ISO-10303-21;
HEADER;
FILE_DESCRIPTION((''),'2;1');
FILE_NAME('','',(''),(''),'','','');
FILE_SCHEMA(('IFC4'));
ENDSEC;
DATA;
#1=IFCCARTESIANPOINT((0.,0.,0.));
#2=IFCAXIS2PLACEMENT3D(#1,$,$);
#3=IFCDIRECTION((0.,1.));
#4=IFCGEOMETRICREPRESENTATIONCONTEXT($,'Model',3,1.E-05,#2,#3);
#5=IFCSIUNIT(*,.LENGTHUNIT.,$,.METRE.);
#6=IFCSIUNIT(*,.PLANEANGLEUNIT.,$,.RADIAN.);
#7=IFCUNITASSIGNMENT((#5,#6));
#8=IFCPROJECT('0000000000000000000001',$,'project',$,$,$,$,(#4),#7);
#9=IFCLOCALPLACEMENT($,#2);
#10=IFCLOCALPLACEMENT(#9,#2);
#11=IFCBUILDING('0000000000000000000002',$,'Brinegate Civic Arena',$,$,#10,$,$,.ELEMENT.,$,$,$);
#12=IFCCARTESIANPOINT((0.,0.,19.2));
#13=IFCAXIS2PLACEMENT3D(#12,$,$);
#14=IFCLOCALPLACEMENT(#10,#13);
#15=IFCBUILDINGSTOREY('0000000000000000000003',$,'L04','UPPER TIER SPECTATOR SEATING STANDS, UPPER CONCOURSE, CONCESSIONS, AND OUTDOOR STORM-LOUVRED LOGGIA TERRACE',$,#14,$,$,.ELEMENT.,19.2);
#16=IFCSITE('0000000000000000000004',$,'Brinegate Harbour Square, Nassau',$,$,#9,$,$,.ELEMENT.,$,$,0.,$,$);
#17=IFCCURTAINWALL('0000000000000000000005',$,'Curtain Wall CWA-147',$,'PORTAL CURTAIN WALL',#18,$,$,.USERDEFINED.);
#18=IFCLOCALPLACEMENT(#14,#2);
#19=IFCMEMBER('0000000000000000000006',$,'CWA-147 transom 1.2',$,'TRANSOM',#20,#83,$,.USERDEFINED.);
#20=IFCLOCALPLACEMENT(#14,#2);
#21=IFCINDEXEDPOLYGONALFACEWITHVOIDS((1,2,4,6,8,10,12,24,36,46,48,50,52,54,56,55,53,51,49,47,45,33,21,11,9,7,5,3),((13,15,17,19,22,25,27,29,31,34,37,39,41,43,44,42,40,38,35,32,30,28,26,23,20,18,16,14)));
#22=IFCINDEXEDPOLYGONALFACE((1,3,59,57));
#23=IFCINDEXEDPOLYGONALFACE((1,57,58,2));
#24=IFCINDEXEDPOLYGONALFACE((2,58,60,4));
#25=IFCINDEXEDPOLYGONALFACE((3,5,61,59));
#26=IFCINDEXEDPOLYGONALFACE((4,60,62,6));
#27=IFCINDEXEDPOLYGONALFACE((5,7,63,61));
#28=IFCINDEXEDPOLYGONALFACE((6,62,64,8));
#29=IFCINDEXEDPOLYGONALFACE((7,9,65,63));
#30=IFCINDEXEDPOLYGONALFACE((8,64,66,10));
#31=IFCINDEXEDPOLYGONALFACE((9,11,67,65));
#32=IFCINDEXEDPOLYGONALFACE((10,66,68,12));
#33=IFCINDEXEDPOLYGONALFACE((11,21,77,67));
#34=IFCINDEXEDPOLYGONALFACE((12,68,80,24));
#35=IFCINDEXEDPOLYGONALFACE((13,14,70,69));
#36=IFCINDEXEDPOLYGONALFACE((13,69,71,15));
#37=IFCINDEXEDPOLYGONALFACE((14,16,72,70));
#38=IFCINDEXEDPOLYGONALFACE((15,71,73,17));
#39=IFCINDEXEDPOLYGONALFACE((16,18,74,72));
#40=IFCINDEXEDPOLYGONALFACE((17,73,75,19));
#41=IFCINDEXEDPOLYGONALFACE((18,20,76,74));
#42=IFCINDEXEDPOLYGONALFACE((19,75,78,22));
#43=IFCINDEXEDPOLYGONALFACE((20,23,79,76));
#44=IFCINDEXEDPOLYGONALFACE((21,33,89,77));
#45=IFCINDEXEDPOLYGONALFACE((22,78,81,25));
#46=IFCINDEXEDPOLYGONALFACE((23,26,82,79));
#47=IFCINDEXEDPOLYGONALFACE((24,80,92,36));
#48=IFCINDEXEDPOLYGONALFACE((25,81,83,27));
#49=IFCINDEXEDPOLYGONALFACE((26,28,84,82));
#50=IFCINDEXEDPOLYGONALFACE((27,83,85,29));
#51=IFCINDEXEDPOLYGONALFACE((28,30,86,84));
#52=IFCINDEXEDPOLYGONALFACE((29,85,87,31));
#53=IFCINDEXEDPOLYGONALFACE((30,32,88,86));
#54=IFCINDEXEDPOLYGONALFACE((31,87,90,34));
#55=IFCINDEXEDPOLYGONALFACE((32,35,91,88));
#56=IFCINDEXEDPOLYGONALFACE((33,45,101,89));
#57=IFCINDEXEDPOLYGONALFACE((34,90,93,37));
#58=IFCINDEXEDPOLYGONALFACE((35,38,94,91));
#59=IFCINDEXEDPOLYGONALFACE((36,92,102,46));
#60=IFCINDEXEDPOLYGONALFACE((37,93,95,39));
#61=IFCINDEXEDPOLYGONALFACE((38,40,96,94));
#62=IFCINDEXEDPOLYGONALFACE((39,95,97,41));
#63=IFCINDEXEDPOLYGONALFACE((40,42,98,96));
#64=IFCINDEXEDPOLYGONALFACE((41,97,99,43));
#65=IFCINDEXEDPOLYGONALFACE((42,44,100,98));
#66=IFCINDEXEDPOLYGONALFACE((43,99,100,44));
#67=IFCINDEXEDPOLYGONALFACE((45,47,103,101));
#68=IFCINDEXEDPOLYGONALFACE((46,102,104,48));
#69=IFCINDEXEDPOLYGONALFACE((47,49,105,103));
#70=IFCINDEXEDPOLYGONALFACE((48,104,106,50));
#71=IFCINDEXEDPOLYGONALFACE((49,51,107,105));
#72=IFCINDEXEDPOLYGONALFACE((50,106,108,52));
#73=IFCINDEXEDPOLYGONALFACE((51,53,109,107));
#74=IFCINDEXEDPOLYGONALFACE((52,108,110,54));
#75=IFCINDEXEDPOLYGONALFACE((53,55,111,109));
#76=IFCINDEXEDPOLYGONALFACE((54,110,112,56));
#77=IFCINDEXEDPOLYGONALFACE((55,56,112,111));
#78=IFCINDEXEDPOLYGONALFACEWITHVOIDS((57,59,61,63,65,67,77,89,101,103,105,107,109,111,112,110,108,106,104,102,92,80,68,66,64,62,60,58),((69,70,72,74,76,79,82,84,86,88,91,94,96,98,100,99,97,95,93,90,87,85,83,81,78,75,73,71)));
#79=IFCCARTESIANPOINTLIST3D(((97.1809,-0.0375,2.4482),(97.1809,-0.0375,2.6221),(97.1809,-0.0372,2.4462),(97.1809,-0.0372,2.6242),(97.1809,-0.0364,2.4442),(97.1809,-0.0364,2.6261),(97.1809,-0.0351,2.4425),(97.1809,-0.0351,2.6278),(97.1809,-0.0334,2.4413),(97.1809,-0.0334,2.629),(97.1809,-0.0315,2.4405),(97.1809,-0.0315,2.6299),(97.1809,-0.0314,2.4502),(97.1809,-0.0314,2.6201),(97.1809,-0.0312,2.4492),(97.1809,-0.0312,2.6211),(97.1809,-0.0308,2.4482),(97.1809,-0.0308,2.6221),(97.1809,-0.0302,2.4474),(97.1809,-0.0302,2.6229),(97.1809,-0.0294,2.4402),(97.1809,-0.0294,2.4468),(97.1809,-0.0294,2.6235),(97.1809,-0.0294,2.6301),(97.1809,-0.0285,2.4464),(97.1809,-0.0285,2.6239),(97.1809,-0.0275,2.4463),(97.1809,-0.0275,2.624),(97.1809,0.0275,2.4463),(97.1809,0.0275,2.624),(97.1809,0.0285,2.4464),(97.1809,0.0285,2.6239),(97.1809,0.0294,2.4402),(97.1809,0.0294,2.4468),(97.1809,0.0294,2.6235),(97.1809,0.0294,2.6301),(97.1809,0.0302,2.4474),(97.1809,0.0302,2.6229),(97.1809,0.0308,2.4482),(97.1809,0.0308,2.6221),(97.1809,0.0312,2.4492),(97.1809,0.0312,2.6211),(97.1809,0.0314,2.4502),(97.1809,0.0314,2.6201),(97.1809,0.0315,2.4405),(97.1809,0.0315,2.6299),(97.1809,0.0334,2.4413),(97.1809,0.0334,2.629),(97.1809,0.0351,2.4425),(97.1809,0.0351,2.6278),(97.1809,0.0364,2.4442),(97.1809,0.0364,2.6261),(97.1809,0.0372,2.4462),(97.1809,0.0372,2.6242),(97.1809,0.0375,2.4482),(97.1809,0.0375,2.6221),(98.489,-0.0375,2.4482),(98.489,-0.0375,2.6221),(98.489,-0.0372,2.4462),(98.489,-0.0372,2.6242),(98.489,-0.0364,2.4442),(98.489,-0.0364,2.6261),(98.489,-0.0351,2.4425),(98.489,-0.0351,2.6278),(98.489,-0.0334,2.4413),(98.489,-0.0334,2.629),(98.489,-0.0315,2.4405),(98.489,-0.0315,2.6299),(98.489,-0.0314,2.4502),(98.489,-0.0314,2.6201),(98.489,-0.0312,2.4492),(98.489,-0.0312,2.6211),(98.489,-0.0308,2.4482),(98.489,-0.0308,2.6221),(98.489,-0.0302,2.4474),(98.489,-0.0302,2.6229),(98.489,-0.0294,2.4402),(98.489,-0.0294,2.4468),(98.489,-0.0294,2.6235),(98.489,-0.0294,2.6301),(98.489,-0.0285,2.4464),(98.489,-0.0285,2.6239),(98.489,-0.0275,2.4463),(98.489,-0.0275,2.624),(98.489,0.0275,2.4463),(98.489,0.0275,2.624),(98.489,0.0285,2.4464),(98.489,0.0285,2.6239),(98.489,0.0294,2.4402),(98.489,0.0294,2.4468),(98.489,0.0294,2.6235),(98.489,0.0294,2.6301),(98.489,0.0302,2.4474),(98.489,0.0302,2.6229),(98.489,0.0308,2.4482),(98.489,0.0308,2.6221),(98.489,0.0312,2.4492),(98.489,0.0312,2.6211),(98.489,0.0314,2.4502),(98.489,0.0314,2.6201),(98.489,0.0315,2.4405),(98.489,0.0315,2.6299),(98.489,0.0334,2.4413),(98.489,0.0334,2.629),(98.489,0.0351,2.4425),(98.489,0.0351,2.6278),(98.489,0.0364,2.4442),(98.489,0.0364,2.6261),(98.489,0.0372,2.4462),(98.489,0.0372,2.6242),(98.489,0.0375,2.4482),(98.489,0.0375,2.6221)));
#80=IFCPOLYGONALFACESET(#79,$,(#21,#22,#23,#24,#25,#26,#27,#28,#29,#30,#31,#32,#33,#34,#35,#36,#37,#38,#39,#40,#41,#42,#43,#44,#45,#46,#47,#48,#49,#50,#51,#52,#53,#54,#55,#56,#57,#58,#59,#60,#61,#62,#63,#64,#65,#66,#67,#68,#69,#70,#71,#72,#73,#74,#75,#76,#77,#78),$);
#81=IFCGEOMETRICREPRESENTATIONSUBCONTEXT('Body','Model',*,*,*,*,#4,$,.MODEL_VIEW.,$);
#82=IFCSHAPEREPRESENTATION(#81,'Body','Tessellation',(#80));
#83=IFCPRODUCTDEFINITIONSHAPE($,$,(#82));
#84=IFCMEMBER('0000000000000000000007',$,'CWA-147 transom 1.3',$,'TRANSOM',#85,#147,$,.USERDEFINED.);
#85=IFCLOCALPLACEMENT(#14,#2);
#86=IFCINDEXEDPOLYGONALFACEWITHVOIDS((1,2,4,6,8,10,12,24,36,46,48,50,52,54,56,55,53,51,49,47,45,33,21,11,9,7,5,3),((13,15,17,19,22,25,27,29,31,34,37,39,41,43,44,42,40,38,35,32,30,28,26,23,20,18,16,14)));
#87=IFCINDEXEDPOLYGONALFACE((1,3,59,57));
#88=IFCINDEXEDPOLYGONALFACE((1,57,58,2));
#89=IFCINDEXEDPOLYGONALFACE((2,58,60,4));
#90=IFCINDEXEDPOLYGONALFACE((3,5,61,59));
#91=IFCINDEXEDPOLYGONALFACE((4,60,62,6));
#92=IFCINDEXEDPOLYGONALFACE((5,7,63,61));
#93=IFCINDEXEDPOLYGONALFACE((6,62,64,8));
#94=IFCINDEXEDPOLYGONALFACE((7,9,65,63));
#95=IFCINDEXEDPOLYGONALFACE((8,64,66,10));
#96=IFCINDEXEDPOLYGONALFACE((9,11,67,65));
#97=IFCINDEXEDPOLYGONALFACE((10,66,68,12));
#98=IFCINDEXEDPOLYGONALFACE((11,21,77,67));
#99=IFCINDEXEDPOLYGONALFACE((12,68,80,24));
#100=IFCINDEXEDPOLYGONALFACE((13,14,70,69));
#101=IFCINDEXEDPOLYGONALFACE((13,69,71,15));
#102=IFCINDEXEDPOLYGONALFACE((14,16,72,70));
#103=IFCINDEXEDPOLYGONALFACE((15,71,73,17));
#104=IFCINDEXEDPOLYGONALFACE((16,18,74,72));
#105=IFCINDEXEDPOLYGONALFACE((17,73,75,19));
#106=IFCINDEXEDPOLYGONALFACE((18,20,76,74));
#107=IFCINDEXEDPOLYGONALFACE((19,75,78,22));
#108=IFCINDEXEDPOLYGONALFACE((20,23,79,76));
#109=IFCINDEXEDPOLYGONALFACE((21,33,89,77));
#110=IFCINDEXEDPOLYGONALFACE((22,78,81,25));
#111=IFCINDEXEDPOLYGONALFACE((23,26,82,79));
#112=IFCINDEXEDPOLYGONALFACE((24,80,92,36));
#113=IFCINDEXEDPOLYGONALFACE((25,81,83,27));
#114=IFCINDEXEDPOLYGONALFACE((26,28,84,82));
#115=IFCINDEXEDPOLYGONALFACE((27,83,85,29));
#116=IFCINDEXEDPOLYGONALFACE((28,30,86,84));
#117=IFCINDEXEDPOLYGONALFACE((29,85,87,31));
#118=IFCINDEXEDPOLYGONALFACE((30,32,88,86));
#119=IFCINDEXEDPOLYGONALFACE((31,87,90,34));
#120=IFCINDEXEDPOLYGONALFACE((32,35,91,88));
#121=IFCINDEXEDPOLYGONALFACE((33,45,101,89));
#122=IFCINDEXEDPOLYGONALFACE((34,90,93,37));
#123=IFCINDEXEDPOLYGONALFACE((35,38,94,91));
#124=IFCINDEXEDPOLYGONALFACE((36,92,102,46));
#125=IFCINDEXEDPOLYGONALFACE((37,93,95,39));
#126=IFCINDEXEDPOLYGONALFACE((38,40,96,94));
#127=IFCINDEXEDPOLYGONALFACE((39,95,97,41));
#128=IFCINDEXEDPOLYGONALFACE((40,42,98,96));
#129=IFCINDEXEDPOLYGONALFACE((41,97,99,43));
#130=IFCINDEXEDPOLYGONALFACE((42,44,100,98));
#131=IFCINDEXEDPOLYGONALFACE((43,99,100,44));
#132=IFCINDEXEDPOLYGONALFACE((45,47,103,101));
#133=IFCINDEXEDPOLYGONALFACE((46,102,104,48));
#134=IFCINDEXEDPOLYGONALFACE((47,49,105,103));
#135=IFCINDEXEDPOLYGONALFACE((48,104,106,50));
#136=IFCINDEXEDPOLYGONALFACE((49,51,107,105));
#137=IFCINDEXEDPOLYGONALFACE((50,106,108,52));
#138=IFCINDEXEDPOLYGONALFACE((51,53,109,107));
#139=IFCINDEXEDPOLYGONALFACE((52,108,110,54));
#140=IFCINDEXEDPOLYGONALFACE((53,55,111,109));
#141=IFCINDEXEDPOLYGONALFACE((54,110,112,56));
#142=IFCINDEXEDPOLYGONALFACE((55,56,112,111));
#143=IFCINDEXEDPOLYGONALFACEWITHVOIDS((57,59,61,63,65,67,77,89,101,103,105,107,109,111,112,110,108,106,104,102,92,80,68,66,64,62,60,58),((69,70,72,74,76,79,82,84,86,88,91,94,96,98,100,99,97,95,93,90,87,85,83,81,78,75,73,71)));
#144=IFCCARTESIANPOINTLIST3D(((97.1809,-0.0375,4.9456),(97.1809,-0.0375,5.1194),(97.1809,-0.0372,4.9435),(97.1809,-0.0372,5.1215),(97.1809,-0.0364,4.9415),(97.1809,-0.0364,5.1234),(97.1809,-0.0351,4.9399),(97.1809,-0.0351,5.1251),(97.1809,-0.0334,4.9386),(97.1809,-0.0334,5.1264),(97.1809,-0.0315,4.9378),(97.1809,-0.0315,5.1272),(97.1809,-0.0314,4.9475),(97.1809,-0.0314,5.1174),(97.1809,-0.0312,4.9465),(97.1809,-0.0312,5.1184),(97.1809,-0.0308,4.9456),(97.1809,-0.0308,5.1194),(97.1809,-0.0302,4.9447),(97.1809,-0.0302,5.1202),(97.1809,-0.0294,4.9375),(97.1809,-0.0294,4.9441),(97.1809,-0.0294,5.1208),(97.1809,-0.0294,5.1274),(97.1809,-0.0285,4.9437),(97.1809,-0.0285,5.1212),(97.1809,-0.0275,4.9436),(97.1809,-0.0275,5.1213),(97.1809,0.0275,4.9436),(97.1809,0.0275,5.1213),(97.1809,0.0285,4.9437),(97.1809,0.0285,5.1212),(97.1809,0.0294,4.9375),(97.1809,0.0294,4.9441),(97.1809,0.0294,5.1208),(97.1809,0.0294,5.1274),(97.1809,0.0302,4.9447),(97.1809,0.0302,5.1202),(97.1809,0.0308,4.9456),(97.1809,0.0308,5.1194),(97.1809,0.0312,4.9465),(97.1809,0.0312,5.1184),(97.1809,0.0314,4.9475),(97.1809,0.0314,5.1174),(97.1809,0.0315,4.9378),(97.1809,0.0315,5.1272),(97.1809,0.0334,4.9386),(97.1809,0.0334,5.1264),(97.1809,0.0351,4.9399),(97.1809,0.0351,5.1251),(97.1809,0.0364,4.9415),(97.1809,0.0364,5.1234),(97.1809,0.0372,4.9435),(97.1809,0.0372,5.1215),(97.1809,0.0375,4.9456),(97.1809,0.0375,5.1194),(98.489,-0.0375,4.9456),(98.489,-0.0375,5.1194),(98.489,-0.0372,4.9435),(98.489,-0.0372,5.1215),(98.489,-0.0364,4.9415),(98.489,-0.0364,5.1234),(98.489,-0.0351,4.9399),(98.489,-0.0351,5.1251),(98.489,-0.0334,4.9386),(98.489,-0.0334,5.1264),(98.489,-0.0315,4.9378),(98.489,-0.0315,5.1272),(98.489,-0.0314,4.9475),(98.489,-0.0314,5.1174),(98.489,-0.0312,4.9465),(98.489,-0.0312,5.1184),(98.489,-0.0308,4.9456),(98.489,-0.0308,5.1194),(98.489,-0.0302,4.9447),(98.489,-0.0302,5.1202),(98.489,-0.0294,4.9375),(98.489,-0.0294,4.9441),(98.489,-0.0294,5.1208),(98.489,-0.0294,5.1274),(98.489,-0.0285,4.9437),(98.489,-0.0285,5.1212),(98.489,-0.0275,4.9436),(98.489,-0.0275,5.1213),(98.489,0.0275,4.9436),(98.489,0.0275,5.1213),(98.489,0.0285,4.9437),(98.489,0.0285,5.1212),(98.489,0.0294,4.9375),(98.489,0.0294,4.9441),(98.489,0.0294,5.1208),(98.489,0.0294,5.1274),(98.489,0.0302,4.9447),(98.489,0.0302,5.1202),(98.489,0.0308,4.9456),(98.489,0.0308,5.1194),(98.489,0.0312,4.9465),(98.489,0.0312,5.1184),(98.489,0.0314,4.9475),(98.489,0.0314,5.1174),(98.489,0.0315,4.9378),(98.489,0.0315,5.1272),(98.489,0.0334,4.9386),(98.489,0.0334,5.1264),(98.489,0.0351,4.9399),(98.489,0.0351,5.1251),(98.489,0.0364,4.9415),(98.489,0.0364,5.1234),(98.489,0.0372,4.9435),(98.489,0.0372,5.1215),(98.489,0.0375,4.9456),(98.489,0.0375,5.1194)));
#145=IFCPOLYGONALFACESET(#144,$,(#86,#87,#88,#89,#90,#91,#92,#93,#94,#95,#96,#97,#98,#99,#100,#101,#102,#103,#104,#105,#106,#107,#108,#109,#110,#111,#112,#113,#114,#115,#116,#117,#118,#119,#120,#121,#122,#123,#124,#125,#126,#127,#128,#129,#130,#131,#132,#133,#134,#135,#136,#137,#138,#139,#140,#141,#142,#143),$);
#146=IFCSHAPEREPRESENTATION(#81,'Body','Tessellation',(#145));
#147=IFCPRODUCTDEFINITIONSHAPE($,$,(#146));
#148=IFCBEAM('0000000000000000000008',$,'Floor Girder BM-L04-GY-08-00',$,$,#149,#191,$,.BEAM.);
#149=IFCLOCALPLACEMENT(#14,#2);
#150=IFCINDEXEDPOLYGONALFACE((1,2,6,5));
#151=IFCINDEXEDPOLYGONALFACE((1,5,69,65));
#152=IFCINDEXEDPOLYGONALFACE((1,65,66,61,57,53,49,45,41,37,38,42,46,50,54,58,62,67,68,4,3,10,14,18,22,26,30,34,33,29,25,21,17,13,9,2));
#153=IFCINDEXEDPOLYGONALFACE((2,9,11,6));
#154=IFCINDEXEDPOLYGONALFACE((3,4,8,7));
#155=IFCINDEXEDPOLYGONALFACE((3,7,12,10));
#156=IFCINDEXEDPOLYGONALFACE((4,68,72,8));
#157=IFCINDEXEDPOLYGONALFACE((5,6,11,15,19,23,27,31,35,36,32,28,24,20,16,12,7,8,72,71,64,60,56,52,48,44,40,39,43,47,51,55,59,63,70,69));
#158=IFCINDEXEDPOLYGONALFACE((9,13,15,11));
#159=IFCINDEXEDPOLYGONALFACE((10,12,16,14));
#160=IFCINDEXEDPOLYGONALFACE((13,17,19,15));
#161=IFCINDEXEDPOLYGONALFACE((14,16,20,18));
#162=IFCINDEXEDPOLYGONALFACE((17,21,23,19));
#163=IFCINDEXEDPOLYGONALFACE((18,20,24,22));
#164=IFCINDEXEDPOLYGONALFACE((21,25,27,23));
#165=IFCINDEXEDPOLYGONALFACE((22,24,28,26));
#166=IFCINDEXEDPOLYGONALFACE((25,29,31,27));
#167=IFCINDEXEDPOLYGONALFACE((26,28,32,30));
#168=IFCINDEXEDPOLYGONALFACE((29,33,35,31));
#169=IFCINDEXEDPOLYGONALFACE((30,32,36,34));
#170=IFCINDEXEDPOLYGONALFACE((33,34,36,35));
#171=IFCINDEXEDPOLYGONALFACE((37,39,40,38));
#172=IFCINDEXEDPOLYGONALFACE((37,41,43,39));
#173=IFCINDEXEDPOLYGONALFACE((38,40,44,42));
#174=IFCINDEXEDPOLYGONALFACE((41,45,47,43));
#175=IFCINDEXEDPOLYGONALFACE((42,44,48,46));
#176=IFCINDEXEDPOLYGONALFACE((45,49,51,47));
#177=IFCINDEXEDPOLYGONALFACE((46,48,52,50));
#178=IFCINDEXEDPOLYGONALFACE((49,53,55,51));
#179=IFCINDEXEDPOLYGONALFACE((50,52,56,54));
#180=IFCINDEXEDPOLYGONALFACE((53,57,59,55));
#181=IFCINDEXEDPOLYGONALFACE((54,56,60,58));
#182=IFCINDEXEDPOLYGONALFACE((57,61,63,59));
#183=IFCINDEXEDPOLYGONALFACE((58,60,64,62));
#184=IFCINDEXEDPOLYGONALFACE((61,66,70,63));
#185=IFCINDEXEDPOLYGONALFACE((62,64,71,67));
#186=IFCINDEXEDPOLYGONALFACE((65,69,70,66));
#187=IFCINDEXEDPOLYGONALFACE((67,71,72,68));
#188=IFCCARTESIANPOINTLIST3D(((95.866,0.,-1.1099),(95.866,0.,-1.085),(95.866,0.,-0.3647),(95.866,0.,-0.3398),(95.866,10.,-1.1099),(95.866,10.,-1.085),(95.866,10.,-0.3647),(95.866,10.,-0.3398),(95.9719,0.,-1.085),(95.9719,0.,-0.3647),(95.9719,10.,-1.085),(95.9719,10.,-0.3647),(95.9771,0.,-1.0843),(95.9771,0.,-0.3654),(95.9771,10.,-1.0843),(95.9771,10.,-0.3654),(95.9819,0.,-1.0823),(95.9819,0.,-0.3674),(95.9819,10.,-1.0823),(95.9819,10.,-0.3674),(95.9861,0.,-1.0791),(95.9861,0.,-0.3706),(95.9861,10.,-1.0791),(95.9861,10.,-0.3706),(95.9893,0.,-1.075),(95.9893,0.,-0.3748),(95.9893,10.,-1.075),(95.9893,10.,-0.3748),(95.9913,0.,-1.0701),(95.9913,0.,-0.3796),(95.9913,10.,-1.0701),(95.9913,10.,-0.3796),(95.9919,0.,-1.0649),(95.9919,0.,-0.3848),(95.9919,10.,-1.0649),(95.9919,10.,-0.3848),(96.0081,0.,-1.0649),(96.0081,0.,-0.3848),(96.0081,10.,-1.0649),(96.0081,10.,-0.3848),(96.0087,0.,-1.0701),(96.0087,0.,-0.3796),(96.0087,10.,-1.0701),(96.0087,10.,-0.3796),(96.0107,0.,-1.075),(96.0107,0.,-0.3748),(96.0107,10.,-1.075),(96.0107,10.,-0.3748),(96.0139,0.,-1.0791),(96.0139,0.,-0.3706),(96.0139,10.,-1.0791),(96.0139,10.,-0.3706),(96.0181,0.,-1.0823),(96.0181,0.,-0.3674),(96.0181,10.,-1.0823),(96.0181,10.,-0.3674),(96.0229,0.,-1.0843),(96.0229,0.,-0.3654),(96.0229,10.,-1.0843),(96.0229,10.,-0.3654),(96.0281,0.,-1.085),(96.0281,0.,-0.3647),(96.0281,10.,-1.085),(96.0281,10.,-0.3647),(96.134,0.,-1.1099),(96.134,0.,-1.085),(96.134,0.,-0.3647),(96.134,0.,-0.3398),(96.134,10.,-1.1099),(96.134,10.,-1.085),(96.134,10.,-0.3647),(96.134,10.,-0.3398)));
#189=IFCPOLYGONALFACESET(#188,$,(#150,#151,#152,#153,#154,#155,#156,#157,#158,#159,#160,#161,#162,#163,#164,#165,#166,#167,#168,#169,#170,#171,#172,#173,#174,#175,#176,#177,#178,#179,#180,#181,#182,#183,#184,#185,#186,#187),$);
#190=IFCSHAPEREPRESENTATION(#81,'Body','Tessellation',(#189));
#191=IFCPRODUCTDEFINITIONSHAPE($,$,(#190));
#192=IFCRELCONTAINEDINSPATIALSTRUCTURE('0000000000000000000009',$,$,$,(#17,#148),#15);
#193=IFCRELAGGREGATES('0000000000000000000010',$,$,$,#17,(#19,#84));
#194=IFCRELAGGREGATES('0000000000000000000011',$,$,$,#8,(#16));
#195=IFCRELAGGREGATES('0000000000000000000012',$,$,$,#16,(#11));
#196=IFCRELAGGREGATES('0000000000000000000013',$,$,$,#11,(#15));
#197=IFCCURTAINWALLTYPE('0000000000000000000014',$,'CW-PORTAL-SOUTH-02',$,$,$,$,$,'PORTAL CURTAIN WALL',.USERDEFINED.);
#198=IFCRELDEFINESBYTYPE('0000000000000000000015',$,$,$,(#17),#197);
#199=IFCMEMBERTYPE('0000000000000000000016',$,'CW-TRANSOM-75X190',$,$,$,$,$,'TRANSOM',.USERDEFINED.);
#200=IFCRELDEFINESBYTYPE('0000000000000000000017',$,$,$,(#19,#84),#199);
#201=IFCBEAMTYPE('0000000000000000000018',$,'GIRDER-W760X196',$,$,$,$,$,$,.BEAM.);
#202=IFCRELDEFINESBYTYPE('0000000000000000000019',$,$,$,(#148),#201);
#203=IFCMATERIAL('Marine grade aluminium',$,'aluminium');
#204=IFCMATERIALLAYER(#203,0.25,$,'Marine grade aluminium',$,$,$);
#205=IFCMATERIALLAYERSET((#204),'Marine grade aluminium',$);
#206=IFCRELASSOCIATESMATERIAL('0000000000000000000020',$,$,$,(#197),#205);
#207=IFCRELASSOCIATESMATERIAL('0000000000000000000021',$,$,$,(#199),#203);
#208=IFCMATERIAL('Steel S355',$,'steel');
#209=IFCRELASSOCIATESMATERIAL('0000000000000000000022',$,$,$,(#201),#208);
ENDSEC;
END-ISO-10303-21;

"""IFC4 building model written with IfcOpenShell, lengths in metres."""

from ifc_helpers import new_model, si_unit, direction, frame, origin, origin_2d, place, context, subcontext, project, spatial, hollow_rectangle, i_section, extrude, material, layer, layer_set, material_profile, profile_set, type_object, element, aggregate, save


model = new_model("IFC4")

# Units and contexts
model_context = context("Model", 3, precision=1e-05, world=origin(), true_north=direction((0.0, 1.0)))
body_context = subcontext(model_context, "Body", "Model", "MODEL_VIEW")
ifc_project = project(units=[si_unit("LENGTHUNIT", "METRE"), si_unit("PLANEANGLEUNIT", "RADIAN")], contexts=[model_context])

# Site, building, storey
site_placement = place(None, origin())
site = spatial("IfcSite", under=ifc_project, at=site_placement, Name="Brinegate Harbour Square, Nassau", CompositionType="ELEMENT", RefElevation=0.0)
building_placement = place(site_placement, origin())
building = spatial("IfcBuilding", under=site, at=building_placement, Name="Brinegate Civic Arena", CompositionType="ELEMENT")
storey_placement = place(building_placement, frame((0.0, 0.0, 19.2)))
storey = spatial("IfcBuildingStorey", under=building, at=storey_placement, Name="L04", Description="UPPER TIER SPECTATOR SEATING STANDS, UPPER CONCOURSE, CONCESSIONS, AND OUTDOOR STORM-LOUVRED LOGGIA TERRACE", CompositionType="ELEMENT", Elevation=19.2)

# Curtain wall
ifc_material_1 = material(Name="Marine grade aluminium", Category="aluminium")
ifc_layer_1 = layer(ifc_material_1, 0.25, Name="Marine grade aluminium")
ifc_layer_set_1 = layer_set([ifc_layer_1], Name="Marine grade aluminium")
curtain_wall_type = type_object("IfcCurtainWallType", Name="CW-PORTAL-SOUTH-02", ElementType="PORTAL CURTAIN WALL", PredefinedType="USERDEFINED", material=ifc_layer_set_1)
curtain_wall_1_placement = place(storey_placement, origin())
curtain_wall_1 = element("IfcCurtainWall", 1, at=curtain_wall_1_placement, inside=storey, type_object=curtain_wall_type, Name="Curtain Wall CWA-147", ObjectType="PORTAL CURTAIN WALL", PredefinedType="USERDEFINED")

# Members
ifc_material_profile_1 = material_profile(ifc_material_1, hollow_rectangle(XDim=0.075, YDim=0.1899, WallThickness=0.0061, InnerFilletRadius=0.0039, OuterFilletRadius=0.0081, at=origin_2d()), Name="TRN75X190")
ifc_profile_set_1 = profile_set([ifc_material_profile_1], Name="Marine grade aluminium")
member_type_1 = type_object("IfcMemberType", Name="CW-TRANSOM-75X190", ElementType="TRANSOM", PredefinedType="USERDEFINED", material=ifc_profile_set_1)
member_1_placement = place(storey_placement, frame((97.1809, 0.0, 2.5352), z_axis=(1.0, 0.0, 0.0), x_axis=(0.0, 1.0, 0.0)))
member_1 = element("IfcMember", 2, at=member_1_placement, type_object=member_type_1, Name="CWA-147 transom 1.2", ObjectType="TRANSOM", PredefinedType="USERDEFINED", context=body_context, shape_type="SweptSolid", body=[
    extrude(hollow_rectangle(XDim=0.075, YDim=0.1899, WallThickness=0.0061, InnerFilletRadius=0.0039, OuterFilletRadius=0.0081, at=origin_2d()), origin(), (0.0, 0.0, 1.0), 1.3081),
])
member_2_placement = place(storey_placement, frame((97.1809, 0.0, 5.0325), z_axis=(1.0, 0.0, 0.0), x_axis=(0.0, 1.0, 0.0)))
member_2 = element("IfcMember", 3, at=member_2_placement, type_object=member_type_1, Name="CWA-147 transom 1.3", ObjectType="TRANSOM", PredefinedType="USERDEFINED", context=body_context, shape_type="SweptSolid", body=[
    extrude(hollow_rectangle(XDim=0.075, YDim=0.1899, WallThickness=0.0061, InnerFilletRadius=0.0039, OuterFilletRadius=0.0081, at=origin_2d()), origin(), (0.0, 0.0, 1.0), 1.3081),
])

# Beam
ifc_material_2 = material(Name="Steel S355", Category="steel")
ifc_material_profile_2 = material_profile(ifc_material_2, i_section(OverallWidth=0.2681, OverallDepth=0.77, WebThickness=0.0161, FlangeThickness=0.0249, FilletRadius=0.02, at=origin_2d()), Name="W760X196")
ifc_profile_set_2 = profile_set([ifc_material_profile_2], Name="Steel S355")
beam_type_1 = type_object("IfcBeamType", Name="GIRDER-W760X196", PredefinedType="BEAM", material=ifc_profile_set_2)
beam_1_placement = place(storey_placement, frame((96.0, 0.0, -0.7249), z_axis=(0.0, 1.0, 0.0), x_axis=(-1.0, 0.0, 0.0)))
element("IfcBeam", 4, at=beam_1_placement, inside=storey, type_object=beam_type_1, Name="Floor Girder BM-L04-GY-08-00", PredefinedType="BEAM", context=body_context, shape_type="SweptSolid", body=[
    extrude(i_section(OverallWidth=0.2681, OverallDepth=0.77, WebThickness=0.0161, FlangeThickness=0.0249, FilletRadius=0.02, at=origin_2d()), origin(), (0.0, 0.0, 1.0), 10.0),
])

aggregate(curtain_wall_1, [member_1, member_2])

save(model, "model.ifc")
